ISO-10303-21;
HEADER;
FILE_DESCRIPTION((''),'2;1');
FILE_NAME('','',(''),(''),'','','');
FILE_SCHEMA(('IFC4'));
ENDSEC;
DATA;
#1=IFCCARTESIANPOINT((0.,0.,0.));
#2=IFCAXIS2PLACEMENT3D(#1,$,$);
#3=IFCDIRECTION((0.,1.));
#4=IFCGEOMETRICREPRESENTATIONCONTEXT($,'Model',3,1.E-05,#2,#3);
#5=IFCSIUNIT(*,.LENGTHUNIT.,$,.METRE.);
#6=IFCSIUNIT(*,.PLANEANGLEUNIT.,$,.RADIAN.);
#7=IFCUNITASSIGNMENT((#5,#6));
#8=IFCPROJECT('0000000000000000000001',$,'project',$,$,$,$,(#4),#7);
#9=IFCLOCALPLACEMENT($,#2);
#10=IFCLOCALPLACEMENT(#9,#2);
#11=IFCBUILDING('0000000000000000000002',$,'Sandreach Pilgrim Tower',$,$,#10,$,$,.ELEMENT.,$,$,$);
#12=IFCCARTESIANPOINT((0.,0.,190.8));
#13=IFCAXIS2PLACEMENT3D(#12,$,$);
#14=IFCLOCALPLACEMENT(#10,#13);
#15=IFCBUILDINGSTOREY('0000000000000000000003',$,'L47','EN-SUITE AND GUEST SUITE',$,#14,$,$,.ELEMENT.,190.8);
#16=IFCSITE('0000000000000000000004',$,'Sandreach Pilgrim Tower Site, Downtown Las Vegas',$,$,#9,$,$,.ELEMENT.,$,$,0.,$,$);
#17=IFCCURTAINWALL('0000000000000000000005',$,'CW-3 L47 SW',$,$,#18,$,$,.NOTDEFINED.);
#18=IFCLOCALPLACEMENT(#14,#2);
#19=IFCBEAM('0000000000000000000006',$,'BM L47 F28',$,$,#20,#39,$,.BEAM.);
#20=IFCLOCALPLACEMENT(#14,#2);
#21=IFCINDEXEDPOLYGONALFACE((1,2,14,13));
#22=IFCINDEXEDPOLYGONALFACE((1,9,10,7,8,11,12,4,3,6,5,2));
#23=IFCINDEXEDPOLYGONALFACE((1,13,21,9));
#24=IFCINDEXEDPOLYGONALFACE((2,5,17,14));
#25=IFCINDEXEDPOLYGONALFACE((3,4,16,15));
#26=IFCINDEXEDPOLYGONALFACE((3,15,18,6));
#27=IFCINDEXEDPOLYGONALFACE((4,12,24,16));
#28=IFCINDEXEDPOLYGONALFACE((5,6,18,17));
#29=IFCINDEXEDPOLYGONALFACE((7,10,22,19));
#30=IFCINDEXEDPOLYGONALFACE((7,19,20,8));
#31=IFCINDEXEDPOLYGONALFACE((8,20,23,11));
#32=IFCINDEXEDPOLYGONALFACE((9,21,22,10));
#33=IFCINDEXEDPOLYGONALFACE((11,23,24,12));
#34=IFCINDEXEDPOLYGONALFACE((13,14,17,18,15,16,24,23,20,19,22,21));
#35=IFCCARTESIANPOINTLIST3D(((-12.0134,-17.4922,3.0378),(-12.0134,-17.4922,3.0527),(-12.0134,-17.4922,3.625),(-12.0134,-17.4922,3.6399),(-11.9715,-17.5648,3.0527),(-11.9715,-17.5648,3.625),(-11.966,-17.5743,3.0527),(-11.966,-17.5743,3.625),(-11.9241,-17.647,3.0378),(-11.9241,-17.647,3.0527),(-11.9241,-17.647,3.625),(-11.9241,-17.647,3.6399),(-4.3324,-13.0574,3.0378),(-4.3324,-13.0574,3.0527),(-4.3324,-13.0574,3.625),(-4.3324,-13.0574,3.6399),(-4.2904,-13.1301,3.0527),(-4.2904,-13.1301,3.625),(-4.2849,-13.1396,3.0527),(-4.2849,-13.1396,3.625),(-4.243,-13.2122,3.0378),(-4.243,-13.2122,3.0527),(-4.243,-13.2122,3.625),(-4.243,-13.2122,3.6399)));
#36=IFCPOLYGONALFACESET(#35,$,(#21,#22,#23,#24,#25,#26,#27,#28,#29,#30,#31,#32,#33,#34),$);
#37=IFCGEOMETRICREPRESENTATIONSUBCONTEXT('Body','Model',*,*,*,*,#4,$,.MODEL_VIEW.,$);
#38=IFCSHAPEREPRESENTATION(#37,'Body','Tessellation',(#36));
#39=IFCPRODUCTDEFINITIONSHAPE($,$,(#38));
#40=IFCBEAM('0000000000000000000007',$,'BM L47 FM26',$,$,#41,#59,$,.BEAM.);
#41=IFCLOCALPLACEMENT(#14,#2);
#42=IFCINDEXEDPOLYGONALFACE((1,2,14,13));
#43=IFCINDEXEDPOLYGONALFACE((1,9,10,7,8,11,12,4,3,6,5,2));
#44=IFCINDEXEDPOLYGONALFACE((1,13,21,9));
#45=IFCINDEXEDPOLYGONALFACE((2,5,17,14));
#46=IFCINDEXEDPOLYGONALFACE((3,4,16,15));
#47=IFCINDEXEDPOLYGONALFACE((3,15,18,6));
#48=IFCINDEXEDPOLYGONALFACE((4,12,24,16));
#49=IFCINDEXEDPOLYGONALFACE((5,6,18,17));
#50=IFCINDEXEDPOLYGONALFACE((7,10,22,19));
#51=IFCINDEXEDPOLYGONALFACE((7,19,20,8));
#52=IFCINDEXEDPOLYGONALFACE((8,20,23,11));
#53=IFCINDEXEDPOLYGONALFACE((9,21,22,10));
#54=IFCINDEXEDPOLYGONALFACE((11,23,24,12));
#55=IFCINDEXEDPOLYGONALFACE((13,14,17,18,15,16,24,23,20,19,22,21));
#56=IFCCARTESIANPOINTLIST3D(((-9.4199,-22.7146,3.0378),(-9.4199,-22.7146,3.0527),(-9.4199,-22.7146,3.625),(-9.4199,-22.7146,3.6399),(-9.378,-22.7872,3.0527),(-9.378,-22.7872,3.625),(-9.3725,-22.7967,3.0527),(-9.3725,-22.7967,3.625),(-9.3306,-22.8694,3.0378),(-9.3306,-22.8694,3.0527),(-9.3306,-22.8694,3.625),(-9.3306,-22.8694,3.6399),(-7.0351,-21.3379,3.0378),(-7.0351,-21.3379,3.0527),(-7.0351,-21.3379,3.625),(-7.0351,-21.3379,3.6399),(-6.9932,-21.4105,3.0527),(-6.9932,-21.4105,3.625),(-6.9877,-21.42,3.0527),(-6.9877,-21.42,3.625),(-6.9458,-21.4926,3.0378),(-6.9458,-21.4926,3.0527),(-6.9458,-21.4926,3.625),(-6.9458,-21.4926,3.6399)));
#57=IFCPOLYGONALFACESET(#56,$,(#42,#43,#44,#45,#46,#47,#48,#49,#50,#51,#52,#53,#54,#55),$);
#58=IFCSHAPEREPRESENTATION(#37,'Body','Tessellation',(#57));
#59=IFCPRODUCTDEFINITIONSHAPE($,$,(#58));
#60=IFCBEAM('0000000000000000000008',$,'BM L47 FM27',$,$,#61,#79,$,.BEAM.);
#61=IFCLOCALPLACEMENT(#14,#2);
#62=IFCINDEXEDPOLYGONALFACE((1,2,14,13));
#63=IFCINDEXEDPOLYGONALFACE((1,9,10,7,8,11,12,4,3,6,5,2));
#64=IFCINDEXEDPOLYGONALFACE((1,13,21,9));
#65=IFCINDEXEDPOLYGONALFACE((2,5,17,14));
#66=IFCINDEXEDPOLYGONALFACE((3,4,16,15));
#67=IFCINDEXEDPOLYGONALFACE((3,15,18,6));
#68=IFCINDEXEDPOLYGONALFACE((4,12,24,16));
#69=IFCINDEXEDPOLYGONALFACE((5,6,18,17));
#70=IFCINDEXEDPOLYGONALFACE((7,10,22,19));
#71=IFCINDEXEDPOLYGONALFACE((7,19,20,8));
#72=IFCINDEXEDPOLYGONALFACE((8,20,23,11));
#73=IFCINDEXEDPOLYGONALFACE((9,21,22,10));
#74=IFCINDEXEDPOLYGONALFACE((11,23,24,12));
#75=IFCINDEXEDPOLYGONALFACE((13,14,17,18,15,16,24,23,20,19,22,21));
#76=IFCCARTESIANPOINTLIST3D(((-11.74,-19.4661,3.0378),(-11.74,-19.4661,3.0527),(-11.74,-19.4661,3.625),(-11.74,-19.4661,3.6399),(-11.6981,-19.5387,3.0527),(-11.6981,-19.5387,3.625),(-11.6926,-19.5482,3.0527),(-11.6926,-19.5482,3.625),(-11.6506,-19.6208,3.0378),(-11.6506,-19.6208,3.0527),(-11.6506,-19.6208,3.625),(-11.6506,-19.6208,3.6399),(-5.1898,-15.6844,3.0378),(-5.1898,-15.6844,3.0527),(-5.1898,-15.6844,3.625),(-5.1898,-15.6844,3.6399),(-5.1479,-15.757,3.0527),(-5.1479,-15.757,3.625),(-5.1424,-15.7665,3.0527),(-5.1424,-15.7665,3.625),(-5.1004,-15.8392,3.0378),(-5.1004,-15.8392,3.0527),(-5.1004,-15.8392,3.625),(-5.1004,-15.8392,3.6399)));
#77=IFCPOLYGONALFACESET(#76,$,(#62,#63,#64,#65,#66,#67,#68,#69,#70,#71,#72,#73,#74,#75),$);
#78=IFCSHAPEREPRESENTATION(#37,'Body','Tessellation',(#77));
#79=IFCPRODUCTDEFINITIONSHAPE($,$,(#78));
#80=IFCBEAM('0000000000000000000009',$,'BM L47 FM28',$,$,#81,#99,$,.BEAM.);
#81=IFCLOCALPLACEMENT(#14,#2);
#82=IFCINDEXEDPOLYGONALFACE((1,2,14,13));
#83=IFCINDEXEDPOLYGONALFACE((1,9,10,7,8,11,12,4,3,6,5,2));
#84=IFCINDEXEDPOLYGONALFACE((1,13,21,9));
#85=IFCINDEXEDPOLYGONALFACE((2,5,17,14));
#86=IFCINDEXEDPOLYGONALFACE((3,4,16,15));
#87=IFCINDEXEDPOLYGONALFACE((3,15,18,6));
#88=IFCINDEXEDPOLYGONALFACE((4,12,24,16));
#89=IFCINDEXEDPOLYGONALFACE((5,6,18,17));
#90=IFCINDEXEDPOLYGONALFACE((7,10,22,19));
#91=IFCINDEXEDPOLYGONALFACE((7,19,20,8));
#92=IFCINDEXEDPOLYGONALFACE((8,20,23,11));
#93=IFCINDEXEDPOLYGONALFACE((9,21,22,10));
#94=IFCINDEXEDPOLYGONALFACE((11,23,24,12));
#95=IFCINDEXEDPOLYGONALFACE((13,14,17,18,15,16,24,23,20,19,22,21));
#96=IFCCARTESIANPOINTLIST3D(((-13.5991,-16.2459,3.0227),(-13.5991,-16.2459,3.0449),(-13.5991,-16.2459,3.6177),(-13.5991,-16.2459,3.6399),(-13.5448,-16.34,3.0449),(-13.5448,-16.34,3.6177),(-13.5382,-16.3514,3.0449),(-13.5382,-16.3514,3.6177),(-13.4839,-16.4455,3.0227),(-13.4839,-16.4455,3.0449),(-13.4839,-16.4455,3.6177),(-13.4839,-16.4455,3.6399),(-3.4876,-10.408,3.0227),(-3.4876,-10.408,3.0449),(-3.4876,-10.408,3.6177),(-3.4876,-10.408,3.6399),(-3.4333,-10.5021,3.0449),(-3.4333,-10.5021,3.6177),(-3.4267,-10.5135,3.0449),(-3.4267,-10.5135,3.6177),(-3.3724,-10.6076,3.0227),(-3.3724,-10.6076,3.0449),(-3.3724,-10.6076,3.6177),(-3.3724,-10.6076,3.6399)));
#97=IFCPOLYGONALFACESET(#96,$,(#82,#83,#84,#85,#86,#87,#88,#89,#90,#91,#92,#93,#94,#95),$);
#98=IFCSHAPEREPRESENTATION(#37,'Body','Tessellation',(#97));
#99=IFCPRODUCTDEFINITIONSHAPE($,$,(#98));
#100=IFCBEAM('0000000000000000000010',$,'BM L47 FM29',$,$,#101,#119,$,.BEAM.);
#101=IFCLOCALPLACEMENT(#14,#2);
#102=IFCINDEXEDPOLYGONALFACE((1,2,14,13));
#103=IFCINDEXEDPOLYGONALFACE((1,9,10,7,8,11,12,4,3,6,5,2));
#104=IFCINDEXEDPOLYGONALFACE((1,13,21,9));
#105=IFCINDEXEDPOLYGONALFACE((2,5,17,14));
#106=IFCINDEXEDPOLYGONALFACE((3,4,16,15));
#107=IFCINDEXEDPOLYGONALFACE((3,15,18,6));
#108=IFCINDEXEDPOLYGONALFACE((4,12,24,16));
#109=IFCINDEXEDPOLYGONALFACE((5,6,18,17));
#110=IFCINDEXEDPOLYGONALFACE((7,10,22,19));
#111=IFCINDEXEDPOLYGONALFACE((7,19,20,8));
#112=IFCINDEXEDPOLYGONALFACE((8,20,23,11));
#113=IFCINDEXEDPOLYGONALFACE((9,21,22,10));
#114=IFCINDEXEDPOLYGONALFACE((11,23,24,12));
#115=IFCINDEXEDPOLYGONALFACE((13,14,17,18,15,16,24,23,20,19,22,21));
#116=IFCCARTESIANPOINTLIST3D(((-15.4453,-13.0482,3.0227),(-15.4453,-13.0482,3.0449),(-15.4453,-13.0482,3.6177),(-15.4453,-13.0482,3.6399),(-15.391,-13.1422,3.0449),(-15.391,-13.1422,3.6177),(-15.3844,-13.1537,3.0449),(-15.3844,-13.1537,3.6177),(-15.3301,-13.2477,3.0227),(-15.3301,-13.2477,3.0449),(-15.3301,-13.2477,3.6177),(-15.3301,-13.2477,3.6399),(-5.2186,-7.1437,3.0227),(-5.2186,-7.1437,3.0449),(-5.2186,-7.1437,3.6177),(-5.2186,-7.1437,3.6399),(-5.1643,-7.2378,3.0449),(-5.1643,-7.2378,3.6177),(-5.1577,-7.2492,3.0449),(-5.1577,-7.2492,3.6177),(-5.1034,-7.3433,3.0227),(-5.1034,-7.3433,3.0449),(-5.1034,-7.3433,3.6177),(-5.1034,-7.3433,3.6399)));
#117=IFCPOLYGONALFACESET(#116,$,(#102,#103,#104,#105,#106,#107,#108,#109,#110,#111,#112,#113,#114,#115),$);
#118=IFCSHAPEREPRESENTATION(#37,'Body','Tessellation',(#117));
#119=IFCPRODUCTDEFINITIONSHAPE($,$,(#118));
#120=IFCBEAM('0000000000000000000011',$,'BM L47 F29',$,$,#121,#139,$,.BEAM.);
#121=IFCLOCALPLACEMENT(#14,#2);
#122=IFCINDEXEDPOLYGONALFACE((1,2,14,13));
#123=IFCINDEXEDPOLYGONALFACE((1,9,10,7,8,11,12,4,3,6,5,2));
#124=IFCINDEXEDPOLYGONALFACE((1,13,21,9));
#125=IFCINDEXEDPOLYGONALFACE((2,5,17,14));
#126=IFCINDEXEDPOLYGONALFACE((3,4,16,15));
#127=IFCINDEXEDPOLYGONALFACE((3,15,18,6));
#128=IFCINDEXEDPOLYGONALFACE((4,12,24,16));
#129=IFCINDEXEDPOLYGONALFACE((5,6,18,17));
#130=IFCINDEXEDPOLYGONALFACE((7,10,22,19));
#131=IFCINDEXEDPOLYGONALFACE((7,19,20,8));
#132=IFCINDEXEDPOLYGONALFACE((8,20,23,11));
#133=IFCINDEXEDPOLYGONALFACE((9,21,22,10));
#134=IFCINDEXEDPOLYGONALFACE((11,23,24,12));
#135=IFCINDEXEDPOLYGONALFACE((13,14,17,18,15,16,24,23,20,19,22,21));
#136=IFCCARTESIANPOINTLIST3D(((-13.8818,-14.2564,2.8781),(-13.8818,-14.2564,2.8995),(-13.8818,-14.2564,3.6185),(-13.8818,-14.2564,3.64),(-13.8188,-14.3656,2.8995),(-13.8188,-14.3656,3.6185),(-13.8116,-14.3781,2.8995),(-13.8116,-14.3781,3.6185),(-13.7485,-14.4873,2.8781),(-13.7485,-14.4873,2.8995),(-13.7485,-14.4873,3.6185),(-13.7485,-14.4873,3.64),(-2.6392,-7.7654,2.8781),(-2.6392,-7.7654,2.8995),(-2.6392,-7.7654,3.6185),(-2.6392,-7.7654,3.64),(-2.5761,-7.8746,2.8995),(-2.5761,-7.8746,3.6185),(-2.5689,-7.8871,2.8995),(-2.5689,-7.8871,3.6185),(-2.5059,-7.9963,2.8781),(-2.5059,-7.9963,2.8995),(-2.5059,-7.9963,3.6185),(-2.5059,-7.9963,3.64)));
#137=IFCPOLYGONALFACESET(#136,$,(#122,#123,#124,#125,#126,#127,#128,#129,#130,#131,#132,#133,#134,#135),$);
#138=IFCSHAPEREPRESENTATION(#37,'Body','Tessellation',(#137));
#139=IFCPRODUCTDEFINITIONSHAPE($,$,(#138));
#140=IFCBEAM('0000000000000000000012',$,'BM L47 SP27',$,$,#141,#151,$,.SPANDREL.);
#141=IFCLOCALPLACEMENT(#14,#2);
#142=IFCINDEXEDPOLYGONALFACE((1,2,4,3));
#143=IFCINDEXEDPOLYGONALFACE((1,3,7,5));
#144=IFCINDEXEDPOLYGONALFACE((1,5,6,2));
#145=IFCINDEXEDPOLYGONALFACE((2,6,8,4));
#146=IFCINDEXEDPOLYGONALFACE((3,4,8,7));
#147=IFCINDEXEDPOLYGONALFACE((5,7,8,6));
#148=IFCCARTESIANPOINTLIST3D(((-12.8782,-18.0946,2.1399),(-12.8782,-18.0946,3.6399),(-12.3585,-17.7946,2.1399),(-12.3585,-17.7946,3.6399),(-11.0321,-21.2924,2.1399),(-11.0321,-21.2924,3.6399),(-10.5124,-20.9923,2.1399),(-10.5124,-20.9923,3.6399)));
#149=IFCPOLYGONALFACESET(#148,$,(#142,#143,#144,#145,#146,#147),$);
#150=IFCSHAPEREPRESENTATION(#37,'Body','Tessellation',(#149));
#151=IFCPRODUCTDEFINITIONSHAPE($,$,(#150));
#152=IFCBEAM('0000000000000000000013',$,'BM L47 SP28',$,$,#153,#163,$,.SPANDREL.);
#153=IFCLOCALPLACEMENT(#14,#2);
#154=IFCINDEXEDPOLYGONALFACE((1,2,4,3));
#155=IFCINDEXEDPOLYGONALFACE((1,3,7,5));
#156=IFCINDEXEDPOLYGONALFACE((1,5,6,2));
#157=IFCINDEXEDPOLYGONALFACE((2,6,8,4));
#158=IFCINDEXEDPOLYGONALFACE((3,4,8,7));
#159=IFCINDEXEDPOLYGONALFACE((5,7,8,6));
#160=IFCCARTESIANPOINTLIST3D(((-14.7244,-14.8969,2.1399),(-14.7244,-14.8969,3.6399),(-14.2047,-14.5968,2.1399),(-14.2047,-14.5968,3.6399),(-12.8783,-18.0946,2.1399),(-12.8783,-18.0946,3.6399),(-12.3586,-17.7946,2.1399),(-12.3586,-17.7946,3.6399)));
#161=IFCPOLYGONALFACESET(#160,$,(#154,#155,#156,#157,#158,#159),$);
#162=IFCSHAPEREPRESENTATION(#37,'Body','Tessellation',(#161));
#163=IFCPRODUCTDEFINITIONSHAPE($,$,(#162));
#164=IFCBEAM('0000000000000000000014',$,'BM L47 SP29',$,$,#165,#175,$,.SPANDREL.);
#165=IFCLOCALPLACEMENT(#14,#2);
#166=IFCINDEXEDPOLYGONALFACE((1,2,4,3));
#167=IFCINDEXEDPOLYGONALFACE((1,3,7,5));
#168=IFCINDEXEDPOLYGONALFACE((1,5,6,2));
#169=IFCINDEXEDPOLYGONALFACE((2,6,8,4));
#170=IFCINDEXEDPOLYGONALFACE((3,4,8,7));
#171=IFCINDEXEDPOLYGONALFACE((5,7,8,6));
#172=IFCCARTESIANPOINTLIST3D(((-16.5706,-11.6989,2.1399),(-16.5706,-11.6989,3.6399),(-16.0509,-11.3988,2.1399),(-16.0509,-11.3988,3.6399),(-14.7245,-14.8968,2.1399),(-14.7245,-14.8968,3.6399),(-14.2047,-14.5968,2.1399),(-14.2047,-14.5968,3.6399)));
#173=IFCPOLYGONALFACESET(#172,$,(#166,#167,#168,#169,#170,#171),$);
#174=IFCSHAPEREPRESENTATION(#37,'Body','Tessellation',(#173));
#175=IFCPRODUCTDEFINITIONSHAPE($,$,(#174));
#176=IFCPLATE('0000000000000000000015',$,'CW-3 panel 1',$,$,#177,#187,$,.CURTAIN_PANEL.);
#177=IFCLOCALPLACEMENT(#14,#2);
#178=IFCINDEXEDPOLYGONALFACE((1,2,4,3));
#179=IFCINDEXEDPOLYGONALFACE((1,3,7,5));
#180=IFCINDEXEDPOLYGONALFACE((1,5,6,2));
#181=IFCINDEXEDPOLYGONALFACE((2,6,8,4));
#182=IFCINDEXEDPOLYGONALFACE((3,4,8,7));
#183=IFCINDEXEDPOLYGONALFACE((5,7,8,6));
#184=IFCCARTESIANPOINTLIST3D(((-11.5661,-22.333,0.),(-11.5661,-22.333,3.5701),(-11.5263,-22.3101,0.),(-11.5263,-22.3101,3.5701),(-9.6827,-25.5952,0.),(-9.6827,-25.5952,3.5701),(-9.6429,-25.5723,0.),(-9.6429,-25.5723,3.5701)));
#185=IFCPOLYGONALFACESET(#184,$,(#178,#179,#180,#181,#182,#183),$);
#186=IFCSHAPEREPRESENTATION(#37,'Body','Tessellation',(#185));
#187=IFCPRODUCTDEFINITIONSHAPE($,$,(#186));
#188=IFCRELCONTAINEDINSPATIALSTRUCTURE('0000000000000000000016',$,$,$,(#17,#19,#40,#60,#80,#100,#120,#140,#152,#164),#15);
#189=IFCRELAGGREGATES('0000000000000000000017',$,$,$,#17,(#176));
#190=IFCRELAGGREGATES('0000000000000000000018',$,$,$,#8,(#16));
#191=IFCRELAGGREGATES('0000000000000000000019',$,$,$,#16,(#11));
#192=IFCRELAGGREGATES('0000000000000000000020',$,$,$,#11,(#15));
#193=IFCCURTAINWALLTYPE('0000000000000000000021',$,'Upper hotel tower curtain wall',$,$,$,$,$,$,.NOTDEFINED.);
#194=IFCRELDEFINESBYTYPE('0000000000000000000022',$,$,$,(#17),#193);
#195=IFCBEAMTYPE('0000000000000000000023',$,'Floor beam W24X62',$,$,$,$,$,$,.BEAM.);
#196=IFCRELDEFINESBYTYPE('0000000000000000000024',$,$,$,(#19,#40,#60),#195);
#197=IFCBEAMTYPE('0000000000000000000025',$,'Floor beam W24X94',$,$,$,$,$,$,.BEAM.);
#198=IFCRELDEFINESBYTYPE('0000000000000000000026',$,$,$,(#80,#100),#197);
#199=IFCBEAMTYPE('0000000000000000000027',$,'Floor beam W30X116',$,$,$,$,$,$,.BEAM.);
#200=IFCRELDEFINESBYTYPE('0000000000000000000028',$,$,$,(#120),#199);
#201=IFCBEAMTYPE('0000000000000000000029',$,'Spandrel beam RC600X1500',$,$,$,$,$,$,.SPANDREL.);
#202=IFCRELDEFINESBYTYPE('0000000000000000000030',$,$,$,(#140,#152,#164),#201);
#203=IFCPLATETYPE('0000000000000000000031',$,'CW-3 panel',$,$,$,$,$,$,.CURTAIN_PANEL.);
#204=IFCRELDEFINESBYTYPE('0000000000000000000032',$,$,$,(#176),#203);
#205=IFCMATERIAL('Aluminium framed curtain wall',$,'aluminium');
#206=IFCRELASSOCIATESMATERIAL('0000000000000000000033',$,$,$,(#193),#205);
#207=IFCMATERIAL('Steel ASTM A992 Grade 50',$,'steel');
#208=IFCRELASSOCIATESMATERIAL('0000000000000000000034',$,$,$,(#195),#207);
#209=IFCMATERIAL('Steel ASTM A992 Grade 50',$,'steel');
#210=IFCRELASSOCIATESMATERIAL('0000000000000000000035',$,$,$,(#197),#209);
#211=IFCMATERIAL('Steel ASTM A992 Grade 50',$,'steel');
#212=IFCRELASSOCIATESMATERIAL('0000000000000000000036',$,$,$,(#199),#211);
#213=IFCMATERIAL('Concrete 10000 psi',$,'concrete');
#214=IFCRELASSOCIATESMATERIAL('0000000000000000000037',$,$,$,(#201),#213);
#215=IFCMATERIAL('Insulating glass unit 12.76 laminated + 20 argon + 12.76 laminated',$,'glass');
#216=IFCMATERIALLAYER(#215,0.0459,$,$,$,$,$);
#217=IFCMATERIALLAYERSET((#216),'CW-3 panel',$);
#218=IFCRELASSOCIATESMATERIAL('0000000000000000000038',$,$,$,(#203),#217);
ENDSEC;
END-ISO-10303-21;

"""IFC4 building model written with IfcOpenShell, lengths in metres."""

from ifc_helpers import new_model, si_unit, direction, frame, origin, origin_2d, place, context, subcontext, project, spatial, rectangle, i_section, extrude, material, layer, layer_set, material_profile, profile_set, type_object, element, aggregate, save


model = new_model("IFC4")

# Units and contexts
model_context = context("Model", 3, precision=1e-05, world=origin(), true_north=direction((0.0, 1.0)))
body_context = subcontext(model_context, "Body", "Model", "MODEL_VIEW")
ifc_project = project(units=[si_unit("LENGTHUNIT", "METRE"), si_unit("PLANEANGLEUNIT", "RADIAN")], contexts=[model_context])

# Site, building, storey
site_placement = place(None, origin())
site = spatial("IfcSite", under=ifc_project, at=site_placement, Name="Sandreach Pilgrim Tower Site, Downtown Las Vegas", CompositionType="ELEMENT", RefElevation=0.0)
building_placement = place(site_placement, origin())
building = spatial("IfcBuilding", under=site, at=building_placement, Name="Sandreach Pilgrim Tower", CompositionType="ELEMENT")
storey_placement = place(building_placement, frame((0.0, 0.0, 190.8)))
storey = spatial("IfcBuildingStorey", under=building, at=storey_placement, Name="L47", Description="EN-SUITE AND GUEST SUITE", CompositionType="ELEMENT", Elevation=190.8)

# Curtain wall
ifc_material_1 = material(Name="Aluminium framed curtain wall", Category="aluminium")
curtain_wall_type = type_object("IfcCurtainWallType", Name="Upper hotel tower curtain wall", PredefinedType="NOTDEFINED", material=ifc_material_1)
curtain_wall_placement = place(storey_placement, origin())
curtain_wall = element("IfcCurtainWall", 1, at=curtain_wall_placement, inside=storey, type_object=curtain_wall_type, Name="CW-3 L47 SW", PredefinedType="NOTDEFINED")

# Beams
ifc_material_2 = material(Name="Steel ASTM A992 Grade 50", Category="steel")
ifc_material_profile_1 = material_profile(ifc_material_2, i_section(OverallWidth=0.1787, OverallDepth=0.6021, WebThickness=0.011, FlangeThickness=0.0149, at=origin_2d()), Name="W24X62")
ifc_profile_set_1 = profile_set([ifc_material_profile_1], Name="Steel ASTM A992 Grade 50")
beam_type_1 = type_object("IfcBeamType", Name="Floor beam W24X62", PredefinedType="BEAM", material=ifc_profile_set_1)
beam_1_placement = place(storey_placement, frame((-11.9688, -17.5696, 3.3389), z_axis=(0.866021, 0.500008, 0.0), x_axis=(-0.500008, 0.866021, 0.0)))
element("IfcBeam", 2, at=beam_1_placement, inside=storey, type_object=beam_type_1, Name="BM L47 F28", PredefinedType="BEAM", context=body_context, shape_type="SweptSolid", body=[
    extrude(i_section(OverallWidth=0.1787, OverallDepth=0.6021, WebThickness=0.011, FlangeThickness=0.0149, at=origin_2d()), origin(), (0.0, 0.0, 1.0), 8.8694),
])
beam_2_placement = place(storey_placement, frame((-9.3752, -22.792, 3.3389), z_axis=(0.866047, 0.499963, 0.0), x_axis=(-0.499963, 0.866047, 0.0)))
element("IfcBeam", 3, at=beam_2_placement, inside=storey, type_object=beam_type_1, Name="BM L47 FM26", PredefinedType="BEAM", context=body_context, shape_type="SweptSolid", body=[
    extrude(i_section(OverallWidth=0.1787, OverallDepth=0.6021, WebThickness=0.011, FlangeThickness=0.0149, at=origin_2d()), origin(), (0.0, 0.0, 1.0), 2.7537),
])
beam_3_placement = place(storey_placement, frame((-11.6953, -19.5435, 3.3389), z_axis=(0.86603, 0.499993, 0.0), x_axis=(-0.499993, 0.86603, 0.0)))
element("IfcBeam", 4, at=beam_3_placement, inside=storey, type_object=beam_type_1, Name="BM L47 FM27", PredefinedType="BEAM", context=body_context, shape_type="SweptSolid", body=[
    extrude(i_section(OverallWidth=0.1787, OverallDepth=0.6021, WebThickness=0.011, FlangeThickness=0.0149, at=origin_2d()), origin(), (0.0, 0.0, 1.0), 7.5635),
])
ifc_material_3 = material(Name="Steel ASTM A992 Grade 50", Category="steel")
ifc_material_profile_2 = material_profile(ifc_material_3, i_section(OverallWidth=0.2305, OverallDepth=0.6172, WebThickness=0.0132, FlangeThickness=0.0222, at=origin_2d()), Name="W24X94")
ifc_profile_set_2 = profile_set([ifc_material_profile_2], Name="Steel ASTM A992 Grade 50")
beam_type_2 = type_object("IfcBeamType", Name="Floor beam W24X94", PredefinedType="BEAM", material=ifc_profile_set_2)
beam_4_placement = place(storey_placement, frame((-13.5415, -16.3457, 3.3313), z_axis=(0.866026, 0.499998, 0.0), x_axis=(-0.499998, 0.866026, 0.0)))
element("IfcBeam", 5, at=beam_4_placement, inside=storey, type_object=beam_type_2, Name="BM L47 FM28", PredefinedType="BEAM", context=body_context, shape_type="SweptSolid", body=[
    extrude(i_section(OverallWidth=0.2305, OverallDepth=0.6172, WebThickness=0.0132, FlangeThickness=0.0222, at=origin_2d()), origin(), (0.0, 0.0, 1.0), 11.6758),
])
beam_5_placement = place(storey_placement, frame((-15.3877, -13.1479, 3.3313), z_axis=(0.866022, 0.500006, 0.0), x_axis=(-0.500006, 0.866022, 0.0)))
element("IfcBeam", 6, at=beam_5_placement, inside=storey, type_object=beam_type_2, Name="BM L47 FM29", PredefinedType="BEAM", context=body_context, shape_type="SweptSolid", body=[
    extrude(i_section(OverallWidth=0.2305, OverallDepth=0.6172, WebThickness=0.0132, FlangeThickness=0.0222, at=origin_2d()), origin(), (0.0, 0.0, 1.0), 11.8088),
])
ifc_material_4 = material(Name="Steel ASTM A992 Grade 50", Category="steel")
ifc_material_profile_3 = material_profile(ifc_material_4, i_section(OverallWidth=0.2666, OverallDepth=0.762, WebThickness=0.0144, FlangeThickness=0.0215, at=origin_2d()), Name="W30X116")
ifc_profile_set_3 = profile_set([ifc_material_profile_3], Name="Steel ASTM A992 Grade 50")
beam_type_3 = type_object("IfcBeamType", Name="Floor beam W30X116", PredefinedType="BEAM", material=ifc_profile_set_3)
beam_6_placement = place(storey_placement, frame((-13.8152, -14.3718, 3.259), z_axis=(0.866025, 0.5, 0.0), x_axis=(-0.5, 0.866025, 0.0)))
element("IfcBeam", 7, at=beam_6_placement, inside=storey, type_object=beam_type_3, Name="BM L47 F29", PredefinedType="BEAM", context=body_context, shape_type="SweptSolid", body=[
    extrude(i_section(OverallWidth=0.2666, OverallDepth=0.762, WebThickness=0.0144, FlangeThickness=0.0215, at=origin_2d()), origin(), (0.0, 0.0, 1.0), 12.9819),
])
ifc_material_5 = material(Name="Concrete 10000 psi", Category="concrete")
ifc_material_profile_4 = material_profile(ifc_material_5, rectangle(XDim=0.6001, YDim=1.5, at=origin_2d()), Name="RC600X1500")
ifc_profile_set_4 = profile_set([ifc_material_profile_4], Name="Concrete 10000 psi")
beam_type_4 = type_object("IfcBeamType", Name="Spandrel beam RC600X1500", PredefinedType="SPANDREL", material=ifc_profile_set_4)
for number, where, z_axis, x_axis, name in (
    (8, (-10.7722, -21.1423, 2.8899), (-0.499993, 0.866029, 0.0), (-0.866029, -0.499993, 0.0), "BM L47 SP27"),
    (9, (-12.6184, -17.9446, 2.8899), (-0.499993, 0.866029, 0.0), (-0.866029, -0.499993, 0.0), "BM L47 SP28"),
):
    element("IfcBeam", number, at=place(storey_placement, frame(where, z_axis=z_axis, x_axis=x_axis)), inside=storey, type_object=beam_type_4, Name=name, PredefinedType="SPANDREL", context=body_context, shape_type="SweptSolid", body=[
        extrude(rectangle(XDim=0.6001, YDim=1.5, at=origin_2d()), origin(), (0.0, 0.0, 1.0), 3.6924),
    ])
beam_7_placement = place(storey_placement, frame((-14.4646, -14.7468, 2.8899), z_axis=(-0.499965, 0.866046, 0.0), x_axis=(-0.866046, -0.499965, 0.0)))
element("IfcBeam", 10, at=beam_7_placement, inside=storey, type_object=beam_type_4, Name="BM L47 SP29", PredefinedType="SPANDREL", context=body_context, shape_type="SweptSolid", body=[
    extrude(rectangle(XDim=0.6001, YDim=1.5, at=origin_2d()), origin(), (0.0, 0.0, 1.0), 3.6926),
])

# Plate
ifc_material_6 = material(Name="Insulating glass unit 12.76 laminated + 20 argon + 12.76 laminated", Category="glass")
ifc_layer_1 = layer(ifc_material_6, 0.0459)
ifc_layer_set_1 = layer_set([ifc_layer_1], Name="CW-3 panel")
plate_type = type_object("IfcPlateType", Name="CW-3 panel", PredefinedType="CURTAIN_PANEL", material=ifc_layer_set_1)
plate_1_placement = place(storey_placement, frame((-10.6045, -23.9526, 0.0), z_axis=(0.0, 0.0, 1.0), x_axis=(-0.5, 0.866025, 0.0)))
plate_1 = element("IfcPlate", 11, at=plate_1_placement, type_object=plate_type, Name="CW-3 panel 1", PredefinedType="CURTAIN_PANEL", context=body_context, shape_type="SweptSolid", body=[
    extrude(rectangle(XDim=3.7668, YDim=0.0459, at=origin_2d()), origin(), (0.0, 0.0, 1.0), 3.5701),
])
aggregate(curtain_wall, [plate_1])

save(model, "model.ifc")
